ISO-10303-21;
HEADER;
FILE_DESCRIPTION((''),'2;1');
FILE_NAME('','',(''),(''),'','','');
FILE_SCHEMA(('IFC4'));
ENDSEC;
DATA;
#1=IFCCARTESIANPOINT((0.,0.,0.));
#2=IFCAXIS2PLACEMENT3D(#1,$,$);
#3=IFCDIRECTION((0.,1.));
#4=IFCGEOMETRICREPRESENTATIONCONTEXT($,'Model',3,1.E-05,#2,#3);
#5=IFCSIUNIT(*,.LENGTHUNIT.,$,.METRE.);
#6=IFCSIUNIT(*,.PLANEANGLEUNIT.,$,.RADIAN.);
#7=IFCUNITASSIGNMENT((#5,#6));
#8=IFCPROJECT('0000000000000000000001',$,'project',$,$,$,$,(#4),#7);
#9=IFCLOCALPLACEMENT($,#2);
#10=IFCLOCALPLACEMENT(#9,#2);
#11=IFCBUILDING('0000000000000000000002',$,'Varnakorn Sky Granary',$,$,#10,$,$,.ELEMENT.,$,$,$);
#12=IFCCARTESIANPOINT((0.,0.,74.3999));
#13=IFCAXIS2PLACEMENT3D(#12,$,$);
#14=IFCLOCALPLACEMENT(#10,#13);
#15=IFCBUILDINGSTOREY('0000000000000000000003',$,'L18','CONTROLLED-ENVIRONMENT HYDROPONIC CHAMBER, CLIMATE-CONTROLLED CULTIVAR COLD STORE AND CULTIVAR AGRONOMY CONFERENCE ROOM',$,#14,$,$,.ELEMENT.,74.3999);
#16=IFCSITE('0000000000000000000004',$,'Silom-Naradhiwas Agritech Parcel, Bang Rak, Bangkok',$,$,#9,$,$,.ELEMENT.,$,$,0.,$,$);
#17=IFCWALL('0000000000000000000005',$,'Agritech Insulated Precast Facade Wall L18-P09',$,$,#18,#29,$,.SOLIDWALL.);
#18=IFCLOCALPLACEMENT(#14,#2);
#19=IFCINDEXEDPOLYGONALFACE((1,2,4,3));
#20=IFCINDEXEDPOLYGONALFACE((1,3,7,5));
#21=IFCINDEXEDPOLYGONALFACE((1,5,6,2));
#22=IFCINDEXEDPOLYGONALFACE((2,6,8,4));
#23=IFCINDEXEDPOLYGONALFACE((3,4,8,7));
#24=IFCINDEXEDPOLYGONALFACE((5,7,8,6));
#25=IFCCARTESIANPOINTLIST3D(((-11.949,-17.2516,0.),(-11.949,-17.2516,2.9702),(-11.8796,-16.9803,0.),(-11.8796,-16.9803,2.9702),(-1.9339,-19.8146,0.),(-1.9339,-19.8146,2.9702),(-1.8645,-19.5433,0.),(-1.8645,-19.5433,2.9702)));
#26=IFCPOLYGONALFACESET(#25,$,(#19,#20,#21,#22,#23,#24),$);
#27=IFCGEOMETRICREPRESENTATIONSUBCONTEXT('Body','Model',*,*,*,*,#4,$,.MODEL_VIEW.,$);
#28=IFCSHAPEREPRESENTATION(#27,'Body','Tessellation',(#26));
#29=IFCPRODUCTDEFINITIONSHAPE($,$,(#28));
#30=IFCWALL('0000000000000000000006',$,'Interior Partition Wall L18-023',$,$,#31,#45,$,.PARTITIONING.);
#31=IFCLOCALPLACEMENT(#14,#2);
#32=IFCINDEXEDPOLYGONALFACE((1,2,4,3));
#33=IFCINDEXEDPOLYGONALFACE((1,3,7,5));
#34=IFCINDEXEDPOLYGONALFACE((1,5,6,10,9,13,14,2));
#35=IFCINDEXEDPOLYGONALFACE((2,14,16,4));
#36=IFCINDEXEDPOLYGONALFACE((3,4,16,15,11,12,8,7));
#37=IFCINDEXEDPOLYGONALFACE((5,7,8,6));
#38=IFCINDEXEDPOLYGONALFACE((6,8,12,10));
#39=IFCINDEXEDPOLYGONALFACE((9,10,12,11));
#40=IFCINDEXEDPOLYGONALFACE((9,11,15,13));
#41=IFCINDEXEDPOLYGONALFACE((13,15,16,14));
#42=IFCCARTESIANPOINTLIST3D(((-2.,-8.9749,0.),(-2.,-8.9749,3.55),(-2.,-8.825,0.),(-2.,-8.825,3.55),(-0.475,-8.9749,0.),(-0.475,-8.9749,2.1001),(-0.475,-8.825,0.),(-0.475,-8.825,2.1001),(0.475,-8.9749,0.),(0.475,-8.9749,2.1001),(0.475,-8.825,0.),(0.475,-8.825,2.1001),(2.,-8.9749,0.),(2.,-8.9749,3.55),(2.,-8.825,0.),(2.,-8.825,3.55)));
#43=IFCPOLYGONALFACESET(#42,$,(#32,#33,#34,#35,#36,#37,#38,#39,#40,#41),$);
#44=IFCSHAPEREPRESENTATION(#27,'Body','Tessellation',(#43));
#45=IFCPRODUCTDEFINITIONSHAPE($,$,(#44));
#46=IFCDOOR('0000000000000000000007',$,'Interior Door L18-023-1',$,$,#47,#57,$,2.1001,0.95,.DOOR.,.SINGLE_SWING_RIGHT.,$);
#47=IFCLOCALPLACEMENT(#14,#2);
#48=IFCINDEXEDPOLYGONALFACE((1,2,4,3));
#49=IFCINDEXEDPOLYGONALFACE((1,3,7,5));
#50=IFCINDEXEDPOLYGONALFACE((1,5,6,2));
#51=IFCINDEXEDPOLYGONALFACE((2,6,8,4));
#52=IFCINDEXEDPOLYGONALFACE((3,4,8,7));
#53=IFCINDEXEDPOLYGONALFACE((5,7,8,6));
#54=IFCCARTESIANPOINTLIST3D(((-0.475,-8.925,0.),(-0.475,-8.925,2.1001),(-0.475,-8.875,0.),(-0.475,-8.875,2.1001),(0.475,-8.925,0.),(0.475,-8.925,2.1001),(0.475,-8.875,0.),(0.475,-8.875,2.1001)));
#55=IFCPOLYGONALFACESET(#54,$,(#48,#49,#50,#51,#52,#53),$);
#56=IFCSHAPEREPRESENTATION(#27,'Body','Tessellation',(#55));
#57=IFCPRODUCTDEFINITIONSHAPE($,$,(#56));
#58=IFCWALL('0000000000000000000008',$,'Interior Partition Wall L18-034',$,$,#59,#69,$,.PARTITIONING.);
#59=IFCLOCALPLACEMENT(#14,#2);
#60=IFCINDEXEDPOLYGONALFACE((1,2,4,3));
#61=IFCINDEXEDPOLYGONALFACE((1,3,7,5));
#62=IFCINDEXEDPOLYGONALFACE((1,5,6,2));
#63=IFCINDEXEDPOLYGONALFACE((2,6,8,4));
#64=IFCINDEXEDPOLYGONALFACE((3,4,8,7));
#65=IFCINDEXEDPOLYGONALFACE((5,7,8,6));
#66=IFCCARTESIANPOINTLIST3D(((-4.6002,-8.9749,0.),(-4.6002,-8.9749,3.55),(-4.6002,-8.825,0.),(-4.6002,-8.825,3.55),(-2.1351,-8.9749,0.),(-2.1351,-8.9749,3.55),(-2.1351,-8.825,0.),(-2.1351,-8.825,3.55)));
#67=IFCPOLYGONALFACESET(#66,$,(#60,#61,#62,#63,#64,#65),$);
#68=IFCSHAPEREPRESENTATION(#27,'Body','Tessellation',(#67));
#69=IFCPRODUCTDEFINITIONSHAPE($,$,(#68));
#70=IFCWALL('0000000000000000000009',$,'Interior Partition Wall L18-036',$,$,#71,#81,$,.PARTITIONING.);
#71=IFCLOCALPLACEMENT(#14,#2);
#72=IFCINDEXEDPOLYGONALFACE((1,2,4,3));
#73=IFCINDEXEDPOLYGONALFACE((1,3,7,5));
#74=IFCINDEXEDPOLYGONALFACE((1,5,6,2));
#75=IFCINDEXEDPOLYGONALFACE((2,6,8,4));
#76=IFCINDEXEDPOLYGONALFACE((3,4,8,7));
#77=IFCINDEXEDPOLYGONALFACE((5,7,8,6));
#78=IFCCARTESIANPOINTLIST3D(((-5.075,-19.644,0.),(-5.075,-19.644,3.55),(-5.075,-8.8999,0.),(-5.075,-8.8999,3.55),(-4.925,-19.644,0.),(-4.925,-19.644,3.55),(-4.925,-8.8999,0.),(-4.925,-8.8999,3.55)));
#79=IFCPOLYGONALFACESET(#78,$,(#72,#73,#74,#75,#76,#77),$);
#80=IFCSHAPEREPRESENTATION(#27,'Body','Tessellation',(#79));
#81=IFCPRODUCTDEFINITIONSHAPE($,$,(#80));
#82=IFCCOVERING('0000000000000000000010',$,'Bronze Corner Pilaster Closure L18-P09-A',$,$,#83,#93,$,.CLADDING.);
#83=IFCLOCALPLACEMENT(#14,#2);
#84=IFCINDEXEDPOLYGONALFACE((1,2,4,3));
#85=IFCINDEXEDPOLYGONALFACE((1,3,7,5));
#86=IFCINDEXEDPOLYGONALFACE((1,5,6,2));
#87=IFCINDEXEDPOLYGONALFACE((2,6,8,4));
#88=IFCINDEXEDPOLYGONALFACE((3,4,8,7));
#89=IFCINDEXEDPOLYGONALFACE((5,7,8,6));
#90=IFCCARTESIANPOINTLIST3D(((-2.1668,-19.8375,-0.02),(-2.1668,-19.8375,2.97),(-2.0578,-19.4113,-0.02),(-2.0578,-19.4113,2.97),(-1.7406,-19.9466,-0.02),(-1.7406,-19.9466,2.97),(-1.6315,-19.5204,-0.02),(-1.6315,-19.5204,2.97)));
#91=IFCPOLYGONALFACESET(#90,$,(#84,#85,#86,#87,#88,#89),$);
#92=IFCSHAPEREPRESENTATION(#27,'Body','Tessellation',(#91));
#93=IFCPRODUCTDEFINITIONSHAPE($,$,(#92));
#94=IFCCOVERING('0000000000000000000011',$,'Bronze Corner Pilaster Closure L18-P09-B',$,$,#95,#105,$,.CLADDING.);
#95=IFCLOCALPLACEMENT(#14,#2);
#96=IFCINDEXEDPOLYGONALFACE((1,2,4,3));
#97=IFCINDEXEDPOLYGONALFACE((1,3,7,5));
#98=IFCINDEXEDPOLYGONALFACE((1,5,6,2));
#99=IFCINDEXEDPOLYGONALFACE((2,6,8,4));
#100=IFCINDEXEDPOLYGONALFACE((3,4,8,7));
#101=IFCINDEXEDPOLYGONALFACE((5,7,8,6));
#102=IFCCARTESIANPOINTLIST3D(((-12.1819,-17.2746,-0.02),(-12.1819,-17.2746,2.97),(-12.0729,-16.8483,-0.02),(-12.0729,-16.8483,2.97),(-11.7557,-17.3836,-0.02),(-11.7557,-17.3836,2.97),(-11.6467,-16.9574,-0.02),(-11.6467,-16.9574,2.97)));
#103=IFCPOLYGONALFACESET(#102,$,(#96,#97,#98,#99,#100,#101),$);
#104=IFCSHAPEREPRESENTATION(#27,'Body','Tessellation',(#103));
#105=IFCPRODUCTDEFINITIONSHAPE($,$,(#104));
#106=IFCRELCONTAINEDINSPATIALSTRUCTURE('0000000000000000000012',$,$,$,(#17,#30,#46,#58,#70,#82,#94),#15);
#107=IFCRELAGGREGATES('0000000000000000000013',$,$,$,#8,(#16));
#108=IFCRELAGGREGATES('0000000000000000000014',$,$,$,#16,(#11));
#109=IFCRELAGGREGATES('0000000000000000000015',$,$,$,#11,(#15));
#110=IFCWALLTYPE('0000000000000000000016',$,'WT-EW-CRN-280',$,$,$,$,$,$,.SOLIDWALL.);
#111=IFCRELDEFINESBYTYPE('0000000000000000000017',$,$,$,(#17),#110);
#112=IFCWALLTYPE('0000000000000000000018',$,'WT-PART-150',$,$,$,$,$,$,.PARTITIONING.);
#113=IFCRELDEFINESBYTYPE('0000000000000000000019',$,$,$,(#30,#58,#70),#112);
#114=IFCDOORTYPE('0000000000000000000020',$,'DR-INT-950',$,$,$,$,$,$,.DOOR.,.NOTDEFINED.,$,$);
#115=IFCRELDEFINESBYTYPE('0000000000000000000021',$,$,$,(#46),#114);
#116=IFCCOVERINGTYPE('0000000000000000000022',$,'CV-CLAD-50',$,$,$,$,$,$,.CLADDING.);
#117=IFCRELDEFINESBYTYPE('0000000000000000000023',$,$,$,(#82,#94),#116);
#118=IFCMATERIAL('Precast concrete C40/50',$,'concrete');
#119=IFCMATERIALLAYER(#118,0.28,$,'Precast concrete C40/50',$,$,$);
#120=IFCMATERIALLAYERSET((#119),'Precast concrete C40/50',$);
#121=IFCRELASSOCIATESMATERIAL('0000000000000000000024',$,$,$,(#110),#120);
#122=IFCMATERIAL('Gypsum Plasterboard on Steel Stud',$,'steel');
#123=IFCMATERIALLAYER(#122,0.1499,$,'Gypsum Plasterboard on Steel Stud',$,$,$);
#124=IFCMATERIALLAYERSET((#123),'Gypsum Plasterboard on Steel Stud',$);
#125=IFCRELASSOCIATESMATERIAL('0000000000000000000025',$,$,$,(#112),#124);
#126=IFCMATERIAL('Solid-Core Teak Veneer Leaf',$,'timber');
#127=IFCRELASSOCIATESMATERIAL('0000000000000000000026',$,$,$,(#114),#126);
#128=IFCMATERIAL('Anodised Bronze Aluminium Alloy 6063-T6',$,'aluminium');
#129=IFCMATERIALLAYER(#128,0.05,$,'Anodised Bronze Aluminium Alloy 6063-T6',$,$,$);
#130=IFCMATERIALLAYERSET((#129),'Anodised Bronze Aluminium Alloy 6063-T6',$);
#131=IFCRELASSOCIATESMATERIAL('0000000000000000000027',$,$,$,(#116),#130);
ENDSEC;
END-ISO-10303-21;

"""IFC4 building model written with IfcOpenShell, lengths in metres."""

from ifc_helpers import new_model, si_unit, direction, frame, frame_2d, origin, origin_2d, place, context, subcontext, project, spatial, rectangle, extrude, source, transform, mapped, material, layer, layer_set, type_object, type_shapes, element, fill, save


model = new_model("IFC4")

# Units and contexts
model_context = context("Model", 3, precision=1e-05, world=origin(), true_north=direction((0.0, 1.0)))
body_context = subcontext(model_context, "Body", "Model", "MODEL_VIEW")
ifc_project = project(units=[si_unit("LENGTHUNIT", "METRE"), si_unit("PLANEANGLEUNIT", "RADIAN")], contexts=[model_context])

# Site, building, storey
site_placement = place(None, origin())
site = spatial("IfcSite", under=ifc_project, at=site_placement, Name="Silom-Naradhiwas Agritech Parcel, Bang Rak, Bangkok", CompositionType="ELEMENT", RefElevation=0.0)
building_placement = place(site_placement, origin())
building = spatial("IfcBuilding", under=site, at=building_placement, Name="Varnakorn Sky Granary", CompositionType="ELEMENT")
storey_placement = place(building_placement, frame((0.0, 0.0, 74.3999)))
storey = spatial("IfcBuildingStorey", under=building, at=storey_placement, Name="L18", Description="CONTROLLED-ENVIRONMENT HYDROPONIC CHAMBER, CLIMATE-CONTROLLED CULTIVAR COLD STORE AND CULTIVAR AGRONOMY CONFERENCE ROOM", CompositionType="ELEMENT", Elevation=74.3999)

# Shared definitions
ifc_material_1 = material(Name="Anodised Bronze Aluminium Alloy 6063-T6", Category="aluminium")

# Wall
ifc_material_2 = material(Name="Precast concrete C40/50", Category="concrete")
ifc_layer_1 = layer(ifc_material_2, 0.28, Name="Precast concrete C40/50")
ifc_layer_set_1 = layer_set([ifc_layer_1], Name="Precast concrete C40/50")
wall_type_1 = type_object("IfcWallType", Name="WT-EW-CRN-280", PredefinedType="SOLIDWALL", material=ifc_layer_set_1)
wall_1_placement = place(storey_placement, frame((-1.8992, -19.679, 0.0), z_axis=(0.0, 0.0, 1.0), x_axis=(-0.96878, 0.247922, 0.0)))
element("IfcWall", 1, at=wall_1_placement, inside=storey, type_object=wall_type_1, Name="Agritech Insulated Precast Facade Wall L18-P09", PredefinedType="SOLIDWALL", context=body_context, shape_type="SweptSolid", body=[
    extrude(rectangle(XDim=10.3379, YDim=0.28, at=frame_2d((5.1689, 0.0))), origin(), (0.0, 0.0, 1.0), 2.9702),
])

# Wall, opening, door
ifc_material_3 = material(Name="Gypsum Plasterboard on Steel Stud", Category="steel")
ifc_layer_2 = layer(ifc_material_3, 0.1499, Name="Gypsum Plasterboard on Steel Stud")
ifc_layer_set_2 = layer_set([ifc_layer_2], Name="Gypsum Plasterboard on Steel Stud")
wall_type_2 = type_object("IfcWallType", Name="WT-PART-150", PredefinedType="PARTITIONING", material=ifc_layer_set_2)
wall_2_placement = place(storey_placement, frame((-2.0, -8.8999, 0.0), z_axis=(0.0, 0.0, 1.0), x_axis=(1.0, 0.0, 0.0)))
wall_2 = element("IfcWall", 2, at=wall_2_placement, inside=storey, type_object=wall_type_2, Name="Interior Partition Wall L18-023", PredefinedType="PARTITIONING", context=body_context, shape_type="SweptSolid", body=[
    extrude(rectangle(XDim=4.0, YDim=0.1499, at=frame_2d((2.0, 0.0))), origin(), (0.0, 0.0, 1.0), 3.55),
])
opening_placement = place(wall_2_placement, frame((1.5249, 0.0, 0.0)))
opening = element("IfcOpeningElement", 3, at=opening_placement, cuts=wall_2, PredefinedType="OPENING", context=body_context, shape_type="SweptSolid", body=[
    extrude(rectangle(XDim=0.95, YDim=2.1001, at=frame_2d((0.4751, 1.05))), frame((0.0, 0.085, 0.0), z_axis=(0.0, -1.0, 0.0), x_axis=(1.0, 0.0, 0.0)), (0.0, 0.0, 1.0), 0.1699),
])
ifc_material_4 = material(Name="Solid-Core Teak Veneer Leaf", Category="timber")
door_type = type_object("IfcDoorType", Name="DR-INT-950", OperationType="NOTDEFINED", PredefinedType="DOOR", material=ifc_material_4)
door_placement = place(opening_placement, origin())
door = element("IfcDoor", 4, at=door_placement, inside=storey, type_object=door_type, Name="Interior Door L18-023-1", OperationType="SINGLE_SWING_RIGHT", OverallHeight=2.1001, OverallWidth=0.95, PredefinedType="DOOR", context=body_context, shape_type="SweptSolid", body=[
    extrude(rectangle(XDim=0.95, YDim=2.1001, at=frame_2d((0.4751, 1.05))), frame((0.0, 0.0249, 0.0), z_axis=(0.0, -1.0, 0.0), x_axis=(1.0, 0.0, 0.0)), (0.0, 0.0, 1.0), 0.05),
])
fill(opening, door)

# Walls
wall_3_placement = place(storey_placement, frame((-4.6001, -8.8999, 0.0), z_axis=(0.0, 0.0, 1.0), x_axis=(1.0, 0.0, 0.0)))
element("IfcWall", 5, at=wall_3_placement, inside=storey, type_object=wall_type_2, Name="Interior Partition Wall L18-034", PredefinedType="PARTITIONING", context=body_context, shape_type="SweptSolid", body=[
    extrude(rectangle(XDim=2.4651, YDim=0.1499, at=frame_2d((1.2324, 0.0))), origin(), (0.0, 0.0, 1.0), 3.55),
])
wall_4_placement = place(storey_placement, frame((-5.0, -19.644, 0.0), z_axis=(0.0, 0.0, 1.0), x_axis=(0.0, 1.0, 0.0)))
element("IfcWall", 6, at=wall_4_placement, inside=storey, type_object=wall_type_2, Name="Interior Partition Wall L18-036", PredefinedType="PARTITIONING", context=body_context, shape_type="SweptSolid", body=[
    extrude(rectangle(XDim=10.7441, YDim=0.1499, at=frame_2d((5.3721, 0.0))), origin(), (0.0, 0.0, 1.0), 3.55),
])

# Coverings
ifc_layer_3 = layer(ifc_material_1, 0.05, Name="Anodised Bronze Aluminium Alloy 6063-T6")
ifc_layer_set_3 = layer_set([ifc_layer_3], Name="Anodised Bronze Aluminium Alloy 6063-T6")
covering_type = type_object("IfcCoveringType", Name="CV-CLAD-50", PredefinedType="CLADDING", material=ifc_layer_set_3)
shared_shape_1 = source(origin(), body_context, "Body", "SweptSolid", [
    extrude(rectangle(XDim=0.4399, YDim=0.4399, at=origin_2d()), origin(), (0.0, 0.0, 1.0), 2.99),
])
type_shapes(covering_type, [shared_shape_1])
for number, where, z_axis, x_axis, name in (
    (7, (-1.8992, -19.679, -0.02), (0.0, 0.0, 1.0), (-0.9688, 0.247845, 0.0), "Bronze Corner Pilaster Closure L18-P09-A"),
    (8, (-11.9143, -17.116, -0.02), (0.0, 0.0, 1.0), (-0.9688, 0.247845, 0.0), "Bronze Corner Pilaster Closure L18-P09-B"),
):
    element("IfcCovering", number, at=place(storey_placement, frame(where, z_axis=z_axis, x_axis=x_axis)), inside=storey, type_object=covering_type, Name=name, PredefinedType="CLADDING", context=body_context, shape_type="MappedRepresentation", body=[
        mapped(shared_shape_1, transform((0.0, 0.0, 0.0), x_axis=(1.0, 0.0, 0.0), y_axis=(0.0, 1.0, 0.0), z_axis=(0.0, 0.0, 1.0), scale=1.0)),
    ])

save(model, "model.ifc")
